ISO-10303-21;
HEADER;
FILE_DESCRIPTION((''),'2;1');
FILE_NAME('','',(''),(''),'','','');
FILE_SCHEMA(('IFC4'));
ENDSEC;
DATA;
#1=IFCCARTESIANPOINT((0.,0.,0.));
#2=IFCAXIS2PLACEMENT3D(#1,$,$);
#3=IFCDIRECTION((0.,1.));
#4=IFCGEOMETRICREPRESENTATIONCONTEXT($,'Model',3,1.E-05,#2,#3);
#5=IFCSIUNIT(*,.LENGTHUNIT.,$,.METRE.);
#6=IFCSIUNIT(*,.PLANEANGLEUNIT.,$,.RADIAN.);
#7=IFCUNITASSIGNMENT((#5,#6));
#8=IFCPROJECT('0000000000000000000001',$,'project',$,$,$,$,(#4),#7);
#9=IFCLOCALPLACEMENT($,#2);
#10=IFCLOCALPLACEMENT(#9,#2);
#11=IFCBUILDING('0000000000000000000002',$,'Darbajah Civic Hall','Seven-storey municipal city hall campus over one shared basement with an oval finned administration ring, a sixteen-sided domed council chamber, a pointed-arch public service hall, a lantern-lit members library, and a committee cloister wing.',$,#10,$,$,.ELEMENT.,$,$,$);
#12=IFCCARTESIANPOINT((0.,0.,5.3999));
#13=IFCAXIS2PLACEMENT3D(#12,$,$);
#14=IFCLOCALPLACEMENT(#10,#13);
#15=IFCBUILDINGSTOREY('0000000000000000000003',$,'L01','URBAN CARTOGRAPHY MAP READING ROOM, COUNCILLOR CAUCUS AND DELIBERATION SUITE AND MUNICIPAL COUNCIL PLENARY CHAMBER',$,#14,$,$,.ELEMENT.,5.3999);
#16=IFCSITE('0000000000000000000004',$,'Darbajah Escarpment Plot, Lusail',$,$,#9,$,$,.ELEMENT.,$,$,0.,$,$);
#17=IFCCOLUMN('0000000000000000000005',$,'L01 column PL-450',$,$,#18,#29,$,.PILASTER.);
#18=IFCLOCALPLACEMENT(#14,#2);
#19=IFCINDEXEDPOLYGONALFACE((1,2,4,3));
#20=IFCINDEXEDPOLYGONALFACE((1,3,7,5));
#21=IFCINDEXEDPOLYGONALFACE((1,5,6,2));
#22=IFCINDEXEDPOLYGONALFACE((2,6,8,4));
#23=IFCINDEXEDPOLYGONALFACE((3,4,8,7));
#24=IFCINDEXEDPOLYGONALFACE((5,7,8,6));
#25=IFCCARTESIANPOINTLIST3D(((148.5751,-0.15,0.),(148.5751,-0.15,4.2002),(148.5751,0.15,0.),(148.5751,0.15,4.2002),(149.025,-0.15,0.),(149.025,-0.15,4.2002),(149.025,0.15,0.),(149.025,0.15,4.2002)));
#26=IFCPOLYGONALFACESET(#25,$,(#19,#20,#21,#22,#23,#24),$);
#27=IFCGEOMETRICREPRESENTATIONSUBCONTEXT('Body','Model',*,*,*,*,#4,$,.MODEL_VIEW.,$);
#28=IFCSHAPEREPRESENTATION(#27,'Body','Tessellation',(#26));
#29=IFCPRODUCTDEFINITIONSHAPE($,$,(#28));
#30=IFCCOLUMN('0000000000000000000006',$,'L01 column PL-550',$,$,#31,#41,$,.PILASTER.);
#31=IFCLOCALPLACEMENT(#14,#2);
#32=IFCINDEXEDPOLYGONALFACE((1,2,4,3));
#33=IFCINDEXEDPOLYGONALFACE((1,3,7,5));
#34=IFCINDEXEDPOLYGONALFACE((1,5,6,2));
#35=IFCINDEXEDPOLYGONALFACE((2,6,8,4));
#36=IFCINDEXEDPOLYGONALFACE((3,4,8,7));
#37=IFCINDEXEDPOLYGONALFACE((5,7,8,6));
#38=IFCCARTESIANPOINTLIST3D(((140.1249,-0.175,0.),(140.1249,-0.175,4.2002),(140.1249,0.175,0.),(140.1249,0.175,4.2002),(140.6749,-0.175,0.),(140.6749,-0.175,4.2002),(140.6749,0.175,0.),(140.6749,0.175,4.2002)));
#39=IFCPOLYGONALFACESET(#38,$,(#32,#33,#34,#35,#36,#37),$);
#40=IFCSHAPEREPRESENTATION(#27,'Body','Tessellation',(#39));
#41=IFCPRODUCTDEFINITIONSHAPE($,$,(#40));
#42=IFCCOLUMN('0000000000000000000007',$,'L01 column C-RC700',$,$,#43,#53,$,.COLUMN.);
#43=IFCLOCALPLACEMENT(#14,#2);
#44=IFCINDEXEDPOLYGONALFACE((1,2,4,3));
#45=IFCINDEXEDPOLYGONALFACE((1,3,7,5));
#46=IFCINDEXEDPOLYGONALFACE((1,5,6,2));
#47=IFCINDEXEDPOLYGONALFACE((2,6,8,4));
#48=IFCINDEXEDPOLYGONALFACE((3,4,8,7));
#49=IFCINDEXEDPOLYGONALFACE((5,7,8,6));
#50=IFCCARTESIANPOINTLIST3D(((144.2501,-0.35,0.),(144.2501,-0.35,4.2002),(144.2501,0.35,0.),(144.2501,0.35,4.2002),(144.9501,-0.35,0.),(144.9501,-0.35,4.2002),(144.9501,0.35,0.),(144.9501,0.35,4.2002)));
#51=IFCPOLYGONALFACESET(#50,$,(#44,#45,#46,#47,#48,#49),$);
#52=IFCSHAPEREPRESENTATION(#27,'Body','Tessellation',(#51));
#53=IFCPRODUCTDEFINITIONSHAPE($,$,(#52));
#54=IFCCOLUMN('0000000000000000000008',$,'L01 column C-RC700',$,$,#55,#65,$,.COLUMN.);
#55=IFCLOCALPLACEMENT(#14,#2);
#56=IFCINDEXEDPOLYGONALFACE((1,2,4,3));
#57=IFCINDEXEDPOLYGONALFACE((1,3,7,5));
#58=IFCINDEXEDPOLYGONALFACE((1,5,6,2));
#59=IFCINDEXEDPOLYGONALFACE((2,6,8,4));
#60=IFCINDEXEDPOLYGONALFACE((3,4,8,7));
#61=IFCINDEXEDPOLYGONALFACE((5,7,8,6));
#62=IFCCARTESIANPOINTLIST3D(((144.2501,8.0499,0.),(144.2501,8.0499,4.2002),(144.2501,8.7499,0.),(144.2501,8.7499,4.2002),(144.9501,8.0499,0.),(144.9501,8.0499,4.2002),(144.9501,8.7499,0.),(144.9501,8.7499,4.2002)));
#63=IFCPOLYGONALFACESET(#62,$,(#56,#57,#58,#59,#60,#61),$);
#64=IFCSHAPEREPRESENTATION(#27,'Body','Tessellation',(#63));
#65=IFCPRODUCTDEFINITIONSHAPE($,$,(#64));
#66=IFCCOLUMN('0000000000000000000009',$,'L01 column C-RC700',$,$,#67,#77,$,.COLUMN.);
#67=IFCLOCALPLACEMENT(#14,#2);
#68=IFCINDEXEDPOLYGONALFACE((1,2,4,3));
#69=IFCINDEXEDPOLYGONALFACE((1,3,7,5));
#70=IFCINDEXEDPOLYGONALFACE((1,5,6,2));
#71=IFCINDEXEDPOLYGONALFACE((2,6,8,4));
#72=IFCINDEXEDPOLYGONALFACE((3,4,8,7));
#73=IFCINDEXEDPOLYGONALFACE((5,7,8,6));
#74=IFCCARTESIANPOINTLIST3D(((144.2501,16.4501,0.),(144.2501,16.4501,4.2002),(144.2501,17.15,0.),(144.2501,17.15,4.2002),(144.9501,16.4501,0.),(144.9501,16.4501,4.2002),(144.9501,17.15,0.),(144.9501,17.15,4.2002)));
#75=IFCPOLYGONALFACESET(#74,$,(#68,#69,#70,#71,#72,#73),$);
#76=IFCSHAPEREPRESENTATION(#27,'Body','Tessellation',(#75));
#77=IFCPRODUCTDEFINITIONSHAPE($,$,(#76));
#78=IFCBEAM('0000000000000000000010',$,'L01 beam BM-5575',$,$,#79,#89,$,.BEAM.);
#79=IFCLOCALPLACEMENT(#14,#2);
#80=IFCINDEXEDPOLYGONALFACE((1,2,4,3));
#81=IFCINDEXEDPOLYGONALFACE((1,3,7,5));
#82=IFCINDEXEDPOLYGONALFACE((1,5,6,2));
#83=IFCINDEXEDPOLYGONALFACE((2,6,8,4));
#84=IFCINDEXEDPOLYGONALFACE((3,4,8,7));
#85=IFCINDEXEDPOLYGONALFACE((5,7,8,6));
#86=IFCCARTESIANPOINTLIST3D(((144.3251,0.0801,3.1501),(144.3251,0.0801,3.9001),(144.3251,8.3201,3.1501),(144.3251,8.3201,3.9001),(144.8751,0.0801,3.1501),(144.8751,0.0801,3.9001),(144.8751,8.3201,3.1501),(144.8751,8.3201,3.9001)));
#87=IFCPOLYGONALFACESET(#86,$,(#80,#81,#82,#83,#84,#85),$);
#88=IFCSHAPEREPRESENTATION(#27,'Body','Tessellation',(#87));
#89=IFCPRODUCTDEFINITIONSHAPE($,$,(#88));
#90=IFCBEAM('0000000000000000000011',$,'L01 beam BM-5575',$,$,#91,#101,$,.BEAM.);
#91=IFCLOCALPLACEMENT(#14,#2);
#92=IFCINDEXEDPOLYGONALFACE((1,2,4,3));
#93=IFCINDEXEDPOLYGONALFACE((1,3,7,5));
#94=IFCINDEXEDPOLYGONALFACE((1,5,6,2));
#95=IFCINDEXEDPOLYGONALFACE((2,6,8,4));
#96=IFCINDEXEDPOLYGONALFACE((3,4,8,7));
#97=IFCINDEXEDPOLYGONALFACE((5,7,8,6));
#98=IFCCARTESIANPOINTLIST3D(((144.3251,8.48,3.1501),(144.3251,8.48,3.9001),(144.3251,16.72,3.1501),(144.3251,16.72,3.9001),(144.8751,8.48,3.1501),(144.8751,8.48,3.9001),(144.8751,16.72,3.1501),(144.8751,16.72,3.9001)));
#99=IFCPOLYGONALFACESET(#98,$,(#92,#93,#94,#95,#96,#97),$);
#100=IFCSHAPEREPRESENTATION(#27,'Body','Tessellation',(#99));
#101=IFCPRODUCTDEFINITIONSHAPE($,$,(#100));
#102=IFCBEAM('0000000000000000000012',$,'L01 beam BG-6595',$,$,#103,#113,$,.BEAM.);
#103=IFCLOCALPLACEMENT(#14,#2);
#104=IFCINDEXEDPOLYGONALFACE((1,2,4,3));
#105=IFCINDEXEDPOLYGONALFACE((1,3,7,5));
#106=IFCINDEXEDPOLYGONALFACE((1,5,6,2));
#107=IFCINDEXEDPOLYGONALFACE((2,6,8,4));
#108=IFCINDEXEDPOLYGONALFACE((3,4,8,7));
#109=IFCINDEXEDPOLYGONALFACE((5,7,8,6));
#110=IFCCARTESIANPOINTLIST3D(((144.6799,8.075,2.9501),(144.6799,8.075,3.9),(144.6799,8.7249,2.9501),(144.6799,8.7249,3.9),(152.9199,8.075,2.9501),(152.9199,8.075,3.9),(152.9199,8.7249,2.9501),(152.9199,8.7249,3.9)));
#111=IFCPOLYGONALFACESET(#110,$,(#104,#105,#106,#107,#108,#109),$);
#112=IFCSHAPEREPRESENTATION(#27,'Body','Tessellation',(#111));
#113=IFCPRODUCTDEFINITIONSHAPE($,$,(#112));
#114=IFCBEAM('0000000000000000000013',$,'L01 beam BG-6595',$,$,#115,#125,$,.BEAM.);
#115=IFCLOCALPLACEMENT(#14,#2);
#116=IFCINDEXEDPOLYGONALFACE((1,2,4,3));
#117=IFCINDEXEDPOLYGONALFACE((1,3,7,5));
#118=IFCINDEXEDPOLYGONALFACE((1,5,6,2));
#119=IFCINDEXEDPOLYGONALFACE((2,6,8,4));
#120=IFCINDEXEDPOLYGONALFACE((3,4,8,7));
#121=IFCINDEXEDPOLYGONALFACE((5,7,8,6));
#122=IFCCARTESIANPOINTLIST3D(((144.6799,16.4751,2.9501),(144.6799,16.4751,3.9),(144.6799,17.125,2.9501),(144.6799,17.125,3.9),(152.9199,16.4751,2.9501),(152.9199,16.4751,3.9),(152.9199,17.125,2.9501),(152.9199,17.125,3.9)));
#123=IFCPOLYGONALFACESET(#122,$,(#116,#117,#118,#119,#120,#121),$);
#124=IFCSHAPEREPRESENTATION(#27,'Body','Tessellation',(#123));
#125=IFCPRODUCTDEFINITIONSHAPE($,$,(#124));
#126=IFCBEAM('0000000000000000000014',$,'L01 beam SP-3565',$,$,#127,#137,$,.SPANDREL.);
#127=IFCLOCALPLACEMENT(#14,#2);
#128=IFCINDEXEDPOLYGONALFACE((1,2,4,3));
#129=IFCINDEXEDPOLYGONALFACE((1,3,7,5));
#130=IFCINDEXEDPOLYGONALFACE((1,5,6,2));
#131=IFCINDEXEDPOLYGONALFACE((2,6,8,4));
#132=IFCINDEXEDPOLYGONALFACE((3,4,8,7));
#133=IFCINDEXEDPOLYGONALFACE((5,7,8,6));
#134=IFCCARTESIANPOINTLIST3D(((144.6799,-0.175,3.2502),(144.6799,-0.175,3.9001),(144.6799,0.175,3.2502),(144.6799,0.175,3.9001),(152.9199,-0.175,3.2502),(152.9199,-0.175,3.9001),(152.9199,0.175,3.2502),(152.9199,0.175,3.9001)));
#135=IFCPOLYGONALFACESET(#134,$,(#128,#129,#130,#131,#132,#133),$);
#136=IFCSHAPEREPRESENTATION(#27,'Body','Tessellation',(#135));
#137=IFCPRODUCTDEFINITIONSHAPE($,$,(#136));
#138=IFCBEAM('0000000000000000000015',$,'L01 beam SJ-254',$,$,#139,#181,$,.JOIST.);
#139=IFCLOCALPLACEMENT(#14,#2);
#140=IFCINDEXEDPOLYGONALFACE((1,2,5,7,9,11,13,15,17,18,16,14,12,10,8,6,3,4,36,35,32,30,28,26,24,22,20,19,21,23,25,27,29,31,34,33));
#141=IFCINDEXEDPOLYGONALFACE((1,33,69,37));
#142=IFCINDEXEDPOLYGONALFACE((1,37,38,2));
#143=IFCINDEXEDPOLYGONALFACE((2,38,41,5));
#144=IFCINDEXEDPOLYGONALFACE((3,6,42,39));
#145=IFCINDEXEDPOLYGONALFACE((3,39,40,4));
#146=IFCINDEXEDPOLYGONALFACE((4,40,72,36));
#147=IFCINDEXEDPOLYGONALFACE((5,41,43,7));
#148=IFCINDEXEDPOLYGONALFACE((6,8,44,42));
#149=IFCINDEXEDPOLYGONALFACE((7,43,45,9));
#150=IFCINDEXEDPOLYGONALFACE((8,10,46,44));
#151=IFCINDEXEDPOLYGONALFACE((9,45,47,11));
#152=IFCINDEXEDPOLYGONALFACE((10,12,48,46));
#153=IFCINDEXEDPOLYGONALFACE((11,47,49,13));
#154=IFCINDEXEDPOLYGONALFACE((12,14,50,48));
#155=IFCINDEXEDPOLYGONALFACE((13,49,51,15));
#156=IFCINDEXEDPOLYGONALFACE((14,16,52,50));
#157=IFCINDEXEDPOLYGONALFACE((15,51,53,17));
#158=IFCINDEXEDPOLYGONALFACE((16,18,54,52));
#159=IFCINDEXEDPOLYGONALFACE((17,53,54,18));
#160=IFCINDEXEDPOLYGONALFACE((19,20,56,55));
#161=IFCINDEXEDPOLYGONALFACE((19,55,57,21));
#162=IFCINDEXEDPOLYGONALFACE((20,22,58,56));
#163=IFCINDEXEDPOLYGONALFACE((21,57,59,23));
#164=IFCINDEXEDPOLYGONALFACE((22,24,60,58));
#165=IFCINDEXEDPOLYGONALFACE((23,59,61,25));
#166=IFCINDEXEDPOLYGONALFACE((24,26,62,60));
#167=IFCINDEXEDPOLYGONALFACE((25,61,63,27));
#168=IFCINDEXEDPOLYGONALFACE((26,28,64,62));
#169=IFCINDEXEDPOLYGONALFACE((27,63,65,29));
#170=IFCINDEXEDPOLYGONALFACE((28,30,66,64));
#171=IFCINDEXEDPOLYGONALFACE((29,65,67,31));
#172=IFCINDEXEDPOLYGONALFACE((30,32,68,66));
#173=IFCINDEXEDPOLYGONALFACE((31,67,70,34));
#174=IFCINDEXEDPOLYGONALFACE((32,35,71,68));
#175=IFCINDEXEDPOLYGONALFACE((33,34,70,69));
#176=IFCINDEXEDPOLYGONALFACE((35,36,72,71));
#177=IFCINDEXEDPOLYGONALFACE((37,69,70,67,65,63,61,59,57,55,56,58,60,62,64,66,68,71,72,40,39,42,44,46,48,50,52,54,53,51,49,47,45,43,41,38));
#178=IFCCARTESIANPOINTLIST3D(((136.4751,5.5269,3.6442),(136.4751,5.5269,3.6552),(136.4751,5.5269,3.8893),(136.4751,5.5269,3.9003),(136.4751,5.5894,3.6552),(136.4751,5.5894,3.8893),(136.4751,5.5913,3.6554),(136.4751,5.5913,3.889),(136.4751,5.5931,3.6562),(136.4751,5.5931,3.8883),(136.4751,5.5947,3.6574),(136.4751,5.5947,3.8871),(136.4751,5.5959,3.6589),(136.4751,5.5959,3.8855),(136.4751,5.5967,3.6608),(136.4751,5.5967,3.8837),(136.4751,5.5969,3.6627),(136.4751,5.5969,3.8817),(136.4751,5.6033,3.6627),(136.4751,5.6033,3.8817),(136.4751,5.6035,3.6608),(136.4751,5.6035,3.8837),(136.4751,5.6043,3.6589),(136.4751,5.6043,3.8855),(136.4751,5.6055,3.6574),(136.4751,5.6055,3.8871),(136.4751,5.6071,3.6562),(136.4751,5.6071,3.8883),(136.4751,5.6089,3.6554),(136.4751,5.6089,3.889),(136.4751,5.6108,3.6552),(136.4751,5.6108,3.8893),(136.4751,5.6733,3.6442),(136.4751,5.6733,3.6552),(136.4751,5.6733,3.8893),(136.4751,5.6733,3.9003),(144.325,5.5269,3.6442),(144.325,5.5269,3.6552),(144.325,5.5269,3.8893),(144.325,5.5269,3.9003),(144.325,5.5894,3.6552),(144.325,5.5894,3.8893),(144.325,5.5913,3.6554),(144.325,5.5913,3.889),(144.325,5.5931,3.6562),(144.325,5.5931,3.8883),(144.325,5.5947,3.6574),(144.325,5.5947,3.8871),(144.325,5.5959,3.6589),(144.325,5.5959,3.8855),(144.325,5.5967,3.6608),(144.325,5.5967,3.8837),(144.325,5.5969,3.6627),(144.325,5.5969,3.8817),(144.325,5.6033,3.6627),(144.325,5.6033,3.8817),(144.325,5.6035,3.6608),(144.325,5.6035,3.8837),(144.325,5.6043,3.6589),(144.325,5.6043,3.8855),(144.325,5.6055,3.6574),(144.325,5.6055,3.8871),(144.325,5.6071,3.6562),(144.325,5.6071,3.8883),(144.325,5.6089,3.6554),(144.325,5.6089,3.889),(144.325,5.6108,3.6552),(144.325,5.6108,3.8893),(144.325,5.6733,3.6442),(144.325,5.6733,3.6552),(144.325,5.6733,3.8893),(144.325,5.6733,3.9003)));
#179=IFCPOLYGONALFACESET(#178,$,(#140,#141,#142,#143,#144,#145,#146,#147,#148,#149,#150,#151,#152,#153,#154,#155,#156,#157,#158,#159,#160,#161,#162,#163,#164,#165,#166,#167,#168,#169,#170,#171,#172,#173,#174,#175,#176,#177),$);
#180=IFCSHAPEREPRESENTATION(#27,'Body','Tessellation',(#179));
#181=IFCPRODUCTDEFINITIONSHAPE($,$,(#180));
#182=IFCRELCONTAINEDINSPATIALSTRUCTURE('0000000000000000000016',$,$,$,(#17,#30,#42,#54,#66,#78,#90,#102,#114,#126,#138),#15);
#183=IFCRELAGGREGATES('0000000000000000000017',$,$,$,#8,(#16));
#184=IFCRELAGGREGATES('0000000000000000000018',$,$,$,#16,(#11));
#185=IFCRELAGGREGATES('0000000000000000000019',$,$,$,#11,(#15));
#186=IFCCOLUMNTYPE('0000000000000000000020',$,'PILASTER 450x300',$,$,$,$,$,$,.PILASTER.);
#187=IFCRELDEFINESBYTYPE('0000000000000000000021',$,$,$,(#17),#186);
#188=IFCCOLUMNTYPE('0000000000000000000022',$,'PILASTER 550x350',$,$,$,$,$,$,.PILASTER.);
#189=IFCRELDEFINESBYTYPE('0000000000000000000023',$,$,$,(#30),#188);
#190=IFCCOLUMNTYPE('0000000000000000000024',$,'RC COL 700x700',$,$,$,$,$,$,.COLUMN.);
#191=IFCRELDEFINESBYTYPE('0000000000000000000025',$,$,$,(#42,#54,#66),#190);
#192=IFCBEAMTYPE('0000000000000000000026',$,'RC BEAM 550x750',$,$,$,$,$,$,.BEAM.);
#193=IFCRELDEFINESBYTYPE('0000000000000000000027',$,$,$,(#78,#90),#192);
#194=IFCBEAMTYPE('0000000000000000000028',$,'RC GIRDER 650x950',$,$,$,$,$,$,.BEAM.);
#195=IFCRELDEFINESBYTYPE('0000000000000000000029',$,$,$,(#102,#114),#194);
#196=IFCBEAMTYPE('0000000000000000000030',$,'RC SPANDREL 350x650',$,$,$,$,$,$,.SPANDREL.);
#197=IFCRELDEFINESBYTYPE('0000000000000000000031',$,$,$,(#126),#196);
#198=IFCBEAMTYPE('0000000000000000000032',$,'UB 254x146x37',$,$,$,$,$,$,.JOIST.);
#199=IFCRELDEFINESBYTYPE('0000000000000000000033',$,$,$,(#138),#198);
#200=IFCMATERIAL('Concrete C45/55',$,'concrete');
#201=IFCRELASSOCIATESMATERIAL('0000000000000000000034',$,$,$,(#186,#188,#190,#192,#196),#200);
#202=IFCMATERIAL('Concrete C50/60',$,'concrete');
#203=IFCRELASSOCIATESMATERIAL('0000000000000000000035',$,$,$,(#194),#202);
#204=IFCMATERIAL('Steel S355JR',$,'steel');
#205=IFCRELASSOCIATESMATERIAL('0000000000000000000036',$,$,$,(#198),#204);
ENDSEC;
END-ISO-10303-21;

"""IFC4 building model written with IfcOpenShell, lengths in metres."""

from ifc_helpers import new_model, si_unit, direction, frame, origin, origin_2d, place, context, subcontext, project, spatial, rectangle, i_section, extrude, material, material_profile, profile_set, type_object, element, save


model = new_model("IFC4")

# Units and contexts
model_context = context("Model", 3, precision=1e-05, world=origin(), true_north=direction((0.0, 1.0)))
body_context = subcontext(model_context, "Body", "Model", "MODEL_VIEW")
ifc_project = project(units=[si_unit("LENGTHUNIT", "METRE"), si_unit("PLANEANGLEUNIT", "RADIAN")], contexts=[model_context])

# Site, building, storey
site_placement = place(None, origin())
site = spatial("IfcSite", under=ifc_project, at=site_placement, Name="Darbajah Escarpment Plot, Lusail", CompositionType="ELEMENT", RefElevation=0.0)
building_placement = place(site_placement, origin())
building = spatial("IfcBuilding", under=site, at=building_placement, Name="Darbajah Civic Hall", Description="Seven-storey municipal city hall campus over one shared basement with an oval finned administration ring, a sixteen-sided domed council chamber, a pointed-arch public service hall, a lantern-lit members library, and a committee cloister wing.", CompositionType="ELEMENT")
storey_placement = place(building_placement, frame((0.0, 0.0, 5.3999)))
storey = spatial("IfcBuildingStorey", under=building, at=storey_placement, Name="L01", Description="URBAN CARTOGRAPHY MAP READING ROOM, COUNCILLOR CAUCUS AND DELIBERATION SUITE AND MUNICIPAL COUNCIL PLENARY CHAMBER", CompositionType="ELEMENT", Elevation=5.3999)

# Columns
ifc_material_1 = material(Name="Concrete C45/55", Category="concrete")
ifc_material_profile_1 = material_profile(ifc_material_1, rectangle(XDim=0.45, YDim=0.3, at=origin_2d()), Name="PILASTER 450x300")
ifc_profile_set_1 = profile_set([ifc_material_profile_1], Name="Concrete C45/55")
column_type_1 = type_object("IfcColumnType", Name="PILASTER 450x300", PredefinedType="PILASTER", material=ifc_profile_set_1)
column_1_placement = place(storey_placement, frame((148.8, 0.0, 0.0), z_axis=(0.0, 0.0, 1.0), x_axis=(1.0, 0.0, 0.0)))
element("IfcColumn", 1, at=column_1_placement, inside=storey, type_object=column_type_1, Name="L01 column PL-450", PredefinedType="PILASTER", context=body_context, shape_type="SweptSolid", body=[
    extrude(rectangle(XDim=0.45, YDim=0.3, at=origin_2d()), origin(), (0.0, 0.0, 1.0), 4.2002),
])
ifc_material_profile_2 = material_profile(ifc_material_1, rectangle(XDim=0.55, YDim=0.3501, at=origin_2d()), Name="PILASTER 550x350")
ifc_profile_set_2 = profile_set([ifc_material_profile_2], Name="Concrete C45/55")
column_type_2 = type_object("IfcColumnType", Name="PILASTER 550x350", PredefinedType="PILASTER", material=ifc_profile_set_2)
column_2_placement = place(storey_placement, frame((140.3999, 0.0, 0.0), z_axis=(0.0, 0.0, 1.0), x_axis=(1.0, 0.0, 0.0)))
element("IfcColumn", 2, at=column_2_placement, inside=storey, type_object=column_type_2, Name="L01 column PL-550", PredefinedType="PILASTER", context=body_context, shape_type="SweptSolid", body=[
    extrude(rectangle(XDim=0.55, YDim=0.3501, at=origin_2d()), origin(), (0.0, 0.0, 1.0), 4.2002),
])
ifc_material_profile_3 = material_profile(ifc_material_1, rectangle(XDim=0.7, YDim=0.7, at=origin_2d()), Name="RC COL 700x700")
ifc_profile_set_3 = profile_set([ifc_material_profile_3], Name="Concrete C45/55")
column_type_3 = type_object("IfcColumnType", Name="RC COL 700x700", PredefinedType="COLUMN", material=ifc_profile_set_3)
for number, where, z_axis, x_axis, name in (
    (3, (144.6001, 0.0, 0.0), (0.0, 0.0, 1.0), (1.0, 0.0, 0.0), "L01 column C-RC700"),
    (4, (144.6001, 8.3999, 0.0), (0.0, 0.0, 1.0), (1.0, 0.0, 0.0), "L01 column C-RC700"),
    (5, (144.6001, 16.8, 0.0), (0.0, 0.0, 1.0), (1.0, 0.0, 0.0), "L01 column C-RC700"),
):
    element("IfcColumn", number, at=place(storey_placement, frame(where, z_axis=z_axis, x_axis=x_axis)), inside=storey, type_object=column_type_3, Name=name, PredefinedType="COLUMN", context=body_context, shape_type="SweptSolid", body=[
        extrude(rectangle(XDim=0.7, YDim=0.7, at=origin_2d()), origin(), (0.0, 0.0, 1.0), 4.2002),
    ])

# Beams
ifc_material_profile_4 = material_profile(ifc_material_1, rectangle(XDim=0.55, YDim=0.75, at=origin_2d()), Name="RC BEAM 550x750")
ifc_profile_set_4 = profile_set([ifc_material_profile_4], Name="Concrete C45/55")
beam_type_1 = type_object("IfcBeamType", Name="RC BEAM 550x750", PredefinedType="BEAM", material=ifc_profile_set_4)
for number, where, z_axis, x_axis, name in (
    (6, (144.6001, 0.0801, 3.5251), (0.0, 1.0, 0.0), (-1.0, 0.0, 0.0), "L01 beam BM-5575"),
    (7, (144.6001, 8.48, 3.5251), (0.0, 1.0, 0.0), (-1.0, 0.0, 0.0), "L01 beam BM-5575"),
):
    element("IfcBeam", number, at=place(storey_placement, frame(where, z_axis=z_axis, x_axis=x_axis)), inside=storey, type_object=beam_type_1, Name=name, PredefinedType="BEAM", context=body_context, shape_type="SweptSolid", body=[
        extrude(rectangle(XDim=0.55, YDim=0.75, at=origin_2d()), origin(), (0.0, 0.0, 1.0), 8.24),
    ])
ifc_material_2 = material(Name="Concrete C50/60", Category="concrete")
ifc_material_profile_5 = material_profile(ifc_material_2, rectangle(XDim=0.6499, YDim=0.95, at=origin_2d()), Name="RC GIRDER 650x950")
ifc_profile_set_5 = profile_set([ifc_material_profile_5], Name="Concrete C50/60")
beam_type_2 = type_object("IfcBeamType", Name="RC GIRDER 650x950", PredefinedType="BEAM", material=ifc_profile_set_5)
for number, where, z_axis, x_axis, name in (
    (8, (144.6799, 8.3999, 3.425), (1.0, 0.0, 0.0), (0.0, 1.0, 0.0), "L01 beam BG-6595"),
    (9, (144.6799, 16.8, 3.425), (1.0, 0.0, 0.0), (0.0, 1.0, 0.0), "L01 beam BG-6595"),
):
    element("IfcBeam", number, at=place(storey_placement, frame(where, z_axis=z_axis, x_axis=x_axis)), inside=storey, type_object=beam_type_2, Name=name, PredefinedType="BEAM", context=body_context, shape_type="SweptSolid", body=[
        extrude(rectangle(XDim=0.6499, YDim=0.95, at=origin_2d()), origin(), (0.0, 0.0, 1.0), 8.24),
    ])
ifc_material_profile_6 = material_profile(ifc_material_1, rectangle(XDim=0.3501, YDim=0.6499, at=origin_2d()), Name="RC SPANDREL 350x650")
ifc_profile_set_6 = profile_set([ifc_material_profile_6], Name="Concrete C45/55")
beam_type_3 = type_object("IfcBeamType", Name="RC SPANDREL 350x650", PredefinedType="SPANDREL", material=ifc_profile_set_6)
beam_placement = place(storey_placement, frame((144.6799, 0.0, 3.5752), z_axis=(1.0, 0.0, 0.0), x_axis=(0.0, 1.0, 0.0)))
element("IfcBeam", 10, at=beam_placement, inside=storey, type_object=beam_type_3, Name="L01 beam SP-3565", PredefinedType="SPANDREL", context=body_context, shape_type="SweptSolid", body=[
    extrude(rectangle(XDim=0.3501, YDim=0.6499, at=origin_2d()), origin(), (0.0, 0.0, 1.0), 8.24),
])
ifc_material_3 = material(Name="Steel S355JR", Category="steel")
ifc_material_profile_7 = material_profile(ifc_material_3, i_section(OverallWidth=0.1465, OverallDepth=0.2561, WebThickness=0.0063, FlangeThickness=0.011, FilletRadius=0.0076, at=origin_2d()), Name="UB 254x146x37")
ifc_profile_set_7 = profile_set([ifc_material_profile_7], Name="Steel S355JR")
beam_type_4 = type_object("IfcBeamType", Name="UB 254x146x37", PredefinedType="JOIST", material=ifc_profile_set_7)
for number, where, z_axis, x_axis, name in (
    (11, (136.4751, 5.6001, 3.7722), (1.0, 0.0, 0.0), (0.0, 1.0, 0.0), "L01 beam SJ-254"),
):
    element("IfcBeam", number, at=place(storey_placement, frame(where, z_axis=z_axis, x_axis=x_axis)), inside=storey, type_object=beam_type_4, Name=name, PredefinedType="JOIST", context=body_context, shape_type="SweptSolid", body=[
        extrude(i_section(OverallWidth=0.1465, OverallDepth=0.2561, WebThickness=0.0063, FlangeThickness=0.011, FilletRadius=0.0076, at=origin_2d()), origin(), (0.0, 0.0, 1.0), 7.8499),
    ])

save(model, "model.ifc")
